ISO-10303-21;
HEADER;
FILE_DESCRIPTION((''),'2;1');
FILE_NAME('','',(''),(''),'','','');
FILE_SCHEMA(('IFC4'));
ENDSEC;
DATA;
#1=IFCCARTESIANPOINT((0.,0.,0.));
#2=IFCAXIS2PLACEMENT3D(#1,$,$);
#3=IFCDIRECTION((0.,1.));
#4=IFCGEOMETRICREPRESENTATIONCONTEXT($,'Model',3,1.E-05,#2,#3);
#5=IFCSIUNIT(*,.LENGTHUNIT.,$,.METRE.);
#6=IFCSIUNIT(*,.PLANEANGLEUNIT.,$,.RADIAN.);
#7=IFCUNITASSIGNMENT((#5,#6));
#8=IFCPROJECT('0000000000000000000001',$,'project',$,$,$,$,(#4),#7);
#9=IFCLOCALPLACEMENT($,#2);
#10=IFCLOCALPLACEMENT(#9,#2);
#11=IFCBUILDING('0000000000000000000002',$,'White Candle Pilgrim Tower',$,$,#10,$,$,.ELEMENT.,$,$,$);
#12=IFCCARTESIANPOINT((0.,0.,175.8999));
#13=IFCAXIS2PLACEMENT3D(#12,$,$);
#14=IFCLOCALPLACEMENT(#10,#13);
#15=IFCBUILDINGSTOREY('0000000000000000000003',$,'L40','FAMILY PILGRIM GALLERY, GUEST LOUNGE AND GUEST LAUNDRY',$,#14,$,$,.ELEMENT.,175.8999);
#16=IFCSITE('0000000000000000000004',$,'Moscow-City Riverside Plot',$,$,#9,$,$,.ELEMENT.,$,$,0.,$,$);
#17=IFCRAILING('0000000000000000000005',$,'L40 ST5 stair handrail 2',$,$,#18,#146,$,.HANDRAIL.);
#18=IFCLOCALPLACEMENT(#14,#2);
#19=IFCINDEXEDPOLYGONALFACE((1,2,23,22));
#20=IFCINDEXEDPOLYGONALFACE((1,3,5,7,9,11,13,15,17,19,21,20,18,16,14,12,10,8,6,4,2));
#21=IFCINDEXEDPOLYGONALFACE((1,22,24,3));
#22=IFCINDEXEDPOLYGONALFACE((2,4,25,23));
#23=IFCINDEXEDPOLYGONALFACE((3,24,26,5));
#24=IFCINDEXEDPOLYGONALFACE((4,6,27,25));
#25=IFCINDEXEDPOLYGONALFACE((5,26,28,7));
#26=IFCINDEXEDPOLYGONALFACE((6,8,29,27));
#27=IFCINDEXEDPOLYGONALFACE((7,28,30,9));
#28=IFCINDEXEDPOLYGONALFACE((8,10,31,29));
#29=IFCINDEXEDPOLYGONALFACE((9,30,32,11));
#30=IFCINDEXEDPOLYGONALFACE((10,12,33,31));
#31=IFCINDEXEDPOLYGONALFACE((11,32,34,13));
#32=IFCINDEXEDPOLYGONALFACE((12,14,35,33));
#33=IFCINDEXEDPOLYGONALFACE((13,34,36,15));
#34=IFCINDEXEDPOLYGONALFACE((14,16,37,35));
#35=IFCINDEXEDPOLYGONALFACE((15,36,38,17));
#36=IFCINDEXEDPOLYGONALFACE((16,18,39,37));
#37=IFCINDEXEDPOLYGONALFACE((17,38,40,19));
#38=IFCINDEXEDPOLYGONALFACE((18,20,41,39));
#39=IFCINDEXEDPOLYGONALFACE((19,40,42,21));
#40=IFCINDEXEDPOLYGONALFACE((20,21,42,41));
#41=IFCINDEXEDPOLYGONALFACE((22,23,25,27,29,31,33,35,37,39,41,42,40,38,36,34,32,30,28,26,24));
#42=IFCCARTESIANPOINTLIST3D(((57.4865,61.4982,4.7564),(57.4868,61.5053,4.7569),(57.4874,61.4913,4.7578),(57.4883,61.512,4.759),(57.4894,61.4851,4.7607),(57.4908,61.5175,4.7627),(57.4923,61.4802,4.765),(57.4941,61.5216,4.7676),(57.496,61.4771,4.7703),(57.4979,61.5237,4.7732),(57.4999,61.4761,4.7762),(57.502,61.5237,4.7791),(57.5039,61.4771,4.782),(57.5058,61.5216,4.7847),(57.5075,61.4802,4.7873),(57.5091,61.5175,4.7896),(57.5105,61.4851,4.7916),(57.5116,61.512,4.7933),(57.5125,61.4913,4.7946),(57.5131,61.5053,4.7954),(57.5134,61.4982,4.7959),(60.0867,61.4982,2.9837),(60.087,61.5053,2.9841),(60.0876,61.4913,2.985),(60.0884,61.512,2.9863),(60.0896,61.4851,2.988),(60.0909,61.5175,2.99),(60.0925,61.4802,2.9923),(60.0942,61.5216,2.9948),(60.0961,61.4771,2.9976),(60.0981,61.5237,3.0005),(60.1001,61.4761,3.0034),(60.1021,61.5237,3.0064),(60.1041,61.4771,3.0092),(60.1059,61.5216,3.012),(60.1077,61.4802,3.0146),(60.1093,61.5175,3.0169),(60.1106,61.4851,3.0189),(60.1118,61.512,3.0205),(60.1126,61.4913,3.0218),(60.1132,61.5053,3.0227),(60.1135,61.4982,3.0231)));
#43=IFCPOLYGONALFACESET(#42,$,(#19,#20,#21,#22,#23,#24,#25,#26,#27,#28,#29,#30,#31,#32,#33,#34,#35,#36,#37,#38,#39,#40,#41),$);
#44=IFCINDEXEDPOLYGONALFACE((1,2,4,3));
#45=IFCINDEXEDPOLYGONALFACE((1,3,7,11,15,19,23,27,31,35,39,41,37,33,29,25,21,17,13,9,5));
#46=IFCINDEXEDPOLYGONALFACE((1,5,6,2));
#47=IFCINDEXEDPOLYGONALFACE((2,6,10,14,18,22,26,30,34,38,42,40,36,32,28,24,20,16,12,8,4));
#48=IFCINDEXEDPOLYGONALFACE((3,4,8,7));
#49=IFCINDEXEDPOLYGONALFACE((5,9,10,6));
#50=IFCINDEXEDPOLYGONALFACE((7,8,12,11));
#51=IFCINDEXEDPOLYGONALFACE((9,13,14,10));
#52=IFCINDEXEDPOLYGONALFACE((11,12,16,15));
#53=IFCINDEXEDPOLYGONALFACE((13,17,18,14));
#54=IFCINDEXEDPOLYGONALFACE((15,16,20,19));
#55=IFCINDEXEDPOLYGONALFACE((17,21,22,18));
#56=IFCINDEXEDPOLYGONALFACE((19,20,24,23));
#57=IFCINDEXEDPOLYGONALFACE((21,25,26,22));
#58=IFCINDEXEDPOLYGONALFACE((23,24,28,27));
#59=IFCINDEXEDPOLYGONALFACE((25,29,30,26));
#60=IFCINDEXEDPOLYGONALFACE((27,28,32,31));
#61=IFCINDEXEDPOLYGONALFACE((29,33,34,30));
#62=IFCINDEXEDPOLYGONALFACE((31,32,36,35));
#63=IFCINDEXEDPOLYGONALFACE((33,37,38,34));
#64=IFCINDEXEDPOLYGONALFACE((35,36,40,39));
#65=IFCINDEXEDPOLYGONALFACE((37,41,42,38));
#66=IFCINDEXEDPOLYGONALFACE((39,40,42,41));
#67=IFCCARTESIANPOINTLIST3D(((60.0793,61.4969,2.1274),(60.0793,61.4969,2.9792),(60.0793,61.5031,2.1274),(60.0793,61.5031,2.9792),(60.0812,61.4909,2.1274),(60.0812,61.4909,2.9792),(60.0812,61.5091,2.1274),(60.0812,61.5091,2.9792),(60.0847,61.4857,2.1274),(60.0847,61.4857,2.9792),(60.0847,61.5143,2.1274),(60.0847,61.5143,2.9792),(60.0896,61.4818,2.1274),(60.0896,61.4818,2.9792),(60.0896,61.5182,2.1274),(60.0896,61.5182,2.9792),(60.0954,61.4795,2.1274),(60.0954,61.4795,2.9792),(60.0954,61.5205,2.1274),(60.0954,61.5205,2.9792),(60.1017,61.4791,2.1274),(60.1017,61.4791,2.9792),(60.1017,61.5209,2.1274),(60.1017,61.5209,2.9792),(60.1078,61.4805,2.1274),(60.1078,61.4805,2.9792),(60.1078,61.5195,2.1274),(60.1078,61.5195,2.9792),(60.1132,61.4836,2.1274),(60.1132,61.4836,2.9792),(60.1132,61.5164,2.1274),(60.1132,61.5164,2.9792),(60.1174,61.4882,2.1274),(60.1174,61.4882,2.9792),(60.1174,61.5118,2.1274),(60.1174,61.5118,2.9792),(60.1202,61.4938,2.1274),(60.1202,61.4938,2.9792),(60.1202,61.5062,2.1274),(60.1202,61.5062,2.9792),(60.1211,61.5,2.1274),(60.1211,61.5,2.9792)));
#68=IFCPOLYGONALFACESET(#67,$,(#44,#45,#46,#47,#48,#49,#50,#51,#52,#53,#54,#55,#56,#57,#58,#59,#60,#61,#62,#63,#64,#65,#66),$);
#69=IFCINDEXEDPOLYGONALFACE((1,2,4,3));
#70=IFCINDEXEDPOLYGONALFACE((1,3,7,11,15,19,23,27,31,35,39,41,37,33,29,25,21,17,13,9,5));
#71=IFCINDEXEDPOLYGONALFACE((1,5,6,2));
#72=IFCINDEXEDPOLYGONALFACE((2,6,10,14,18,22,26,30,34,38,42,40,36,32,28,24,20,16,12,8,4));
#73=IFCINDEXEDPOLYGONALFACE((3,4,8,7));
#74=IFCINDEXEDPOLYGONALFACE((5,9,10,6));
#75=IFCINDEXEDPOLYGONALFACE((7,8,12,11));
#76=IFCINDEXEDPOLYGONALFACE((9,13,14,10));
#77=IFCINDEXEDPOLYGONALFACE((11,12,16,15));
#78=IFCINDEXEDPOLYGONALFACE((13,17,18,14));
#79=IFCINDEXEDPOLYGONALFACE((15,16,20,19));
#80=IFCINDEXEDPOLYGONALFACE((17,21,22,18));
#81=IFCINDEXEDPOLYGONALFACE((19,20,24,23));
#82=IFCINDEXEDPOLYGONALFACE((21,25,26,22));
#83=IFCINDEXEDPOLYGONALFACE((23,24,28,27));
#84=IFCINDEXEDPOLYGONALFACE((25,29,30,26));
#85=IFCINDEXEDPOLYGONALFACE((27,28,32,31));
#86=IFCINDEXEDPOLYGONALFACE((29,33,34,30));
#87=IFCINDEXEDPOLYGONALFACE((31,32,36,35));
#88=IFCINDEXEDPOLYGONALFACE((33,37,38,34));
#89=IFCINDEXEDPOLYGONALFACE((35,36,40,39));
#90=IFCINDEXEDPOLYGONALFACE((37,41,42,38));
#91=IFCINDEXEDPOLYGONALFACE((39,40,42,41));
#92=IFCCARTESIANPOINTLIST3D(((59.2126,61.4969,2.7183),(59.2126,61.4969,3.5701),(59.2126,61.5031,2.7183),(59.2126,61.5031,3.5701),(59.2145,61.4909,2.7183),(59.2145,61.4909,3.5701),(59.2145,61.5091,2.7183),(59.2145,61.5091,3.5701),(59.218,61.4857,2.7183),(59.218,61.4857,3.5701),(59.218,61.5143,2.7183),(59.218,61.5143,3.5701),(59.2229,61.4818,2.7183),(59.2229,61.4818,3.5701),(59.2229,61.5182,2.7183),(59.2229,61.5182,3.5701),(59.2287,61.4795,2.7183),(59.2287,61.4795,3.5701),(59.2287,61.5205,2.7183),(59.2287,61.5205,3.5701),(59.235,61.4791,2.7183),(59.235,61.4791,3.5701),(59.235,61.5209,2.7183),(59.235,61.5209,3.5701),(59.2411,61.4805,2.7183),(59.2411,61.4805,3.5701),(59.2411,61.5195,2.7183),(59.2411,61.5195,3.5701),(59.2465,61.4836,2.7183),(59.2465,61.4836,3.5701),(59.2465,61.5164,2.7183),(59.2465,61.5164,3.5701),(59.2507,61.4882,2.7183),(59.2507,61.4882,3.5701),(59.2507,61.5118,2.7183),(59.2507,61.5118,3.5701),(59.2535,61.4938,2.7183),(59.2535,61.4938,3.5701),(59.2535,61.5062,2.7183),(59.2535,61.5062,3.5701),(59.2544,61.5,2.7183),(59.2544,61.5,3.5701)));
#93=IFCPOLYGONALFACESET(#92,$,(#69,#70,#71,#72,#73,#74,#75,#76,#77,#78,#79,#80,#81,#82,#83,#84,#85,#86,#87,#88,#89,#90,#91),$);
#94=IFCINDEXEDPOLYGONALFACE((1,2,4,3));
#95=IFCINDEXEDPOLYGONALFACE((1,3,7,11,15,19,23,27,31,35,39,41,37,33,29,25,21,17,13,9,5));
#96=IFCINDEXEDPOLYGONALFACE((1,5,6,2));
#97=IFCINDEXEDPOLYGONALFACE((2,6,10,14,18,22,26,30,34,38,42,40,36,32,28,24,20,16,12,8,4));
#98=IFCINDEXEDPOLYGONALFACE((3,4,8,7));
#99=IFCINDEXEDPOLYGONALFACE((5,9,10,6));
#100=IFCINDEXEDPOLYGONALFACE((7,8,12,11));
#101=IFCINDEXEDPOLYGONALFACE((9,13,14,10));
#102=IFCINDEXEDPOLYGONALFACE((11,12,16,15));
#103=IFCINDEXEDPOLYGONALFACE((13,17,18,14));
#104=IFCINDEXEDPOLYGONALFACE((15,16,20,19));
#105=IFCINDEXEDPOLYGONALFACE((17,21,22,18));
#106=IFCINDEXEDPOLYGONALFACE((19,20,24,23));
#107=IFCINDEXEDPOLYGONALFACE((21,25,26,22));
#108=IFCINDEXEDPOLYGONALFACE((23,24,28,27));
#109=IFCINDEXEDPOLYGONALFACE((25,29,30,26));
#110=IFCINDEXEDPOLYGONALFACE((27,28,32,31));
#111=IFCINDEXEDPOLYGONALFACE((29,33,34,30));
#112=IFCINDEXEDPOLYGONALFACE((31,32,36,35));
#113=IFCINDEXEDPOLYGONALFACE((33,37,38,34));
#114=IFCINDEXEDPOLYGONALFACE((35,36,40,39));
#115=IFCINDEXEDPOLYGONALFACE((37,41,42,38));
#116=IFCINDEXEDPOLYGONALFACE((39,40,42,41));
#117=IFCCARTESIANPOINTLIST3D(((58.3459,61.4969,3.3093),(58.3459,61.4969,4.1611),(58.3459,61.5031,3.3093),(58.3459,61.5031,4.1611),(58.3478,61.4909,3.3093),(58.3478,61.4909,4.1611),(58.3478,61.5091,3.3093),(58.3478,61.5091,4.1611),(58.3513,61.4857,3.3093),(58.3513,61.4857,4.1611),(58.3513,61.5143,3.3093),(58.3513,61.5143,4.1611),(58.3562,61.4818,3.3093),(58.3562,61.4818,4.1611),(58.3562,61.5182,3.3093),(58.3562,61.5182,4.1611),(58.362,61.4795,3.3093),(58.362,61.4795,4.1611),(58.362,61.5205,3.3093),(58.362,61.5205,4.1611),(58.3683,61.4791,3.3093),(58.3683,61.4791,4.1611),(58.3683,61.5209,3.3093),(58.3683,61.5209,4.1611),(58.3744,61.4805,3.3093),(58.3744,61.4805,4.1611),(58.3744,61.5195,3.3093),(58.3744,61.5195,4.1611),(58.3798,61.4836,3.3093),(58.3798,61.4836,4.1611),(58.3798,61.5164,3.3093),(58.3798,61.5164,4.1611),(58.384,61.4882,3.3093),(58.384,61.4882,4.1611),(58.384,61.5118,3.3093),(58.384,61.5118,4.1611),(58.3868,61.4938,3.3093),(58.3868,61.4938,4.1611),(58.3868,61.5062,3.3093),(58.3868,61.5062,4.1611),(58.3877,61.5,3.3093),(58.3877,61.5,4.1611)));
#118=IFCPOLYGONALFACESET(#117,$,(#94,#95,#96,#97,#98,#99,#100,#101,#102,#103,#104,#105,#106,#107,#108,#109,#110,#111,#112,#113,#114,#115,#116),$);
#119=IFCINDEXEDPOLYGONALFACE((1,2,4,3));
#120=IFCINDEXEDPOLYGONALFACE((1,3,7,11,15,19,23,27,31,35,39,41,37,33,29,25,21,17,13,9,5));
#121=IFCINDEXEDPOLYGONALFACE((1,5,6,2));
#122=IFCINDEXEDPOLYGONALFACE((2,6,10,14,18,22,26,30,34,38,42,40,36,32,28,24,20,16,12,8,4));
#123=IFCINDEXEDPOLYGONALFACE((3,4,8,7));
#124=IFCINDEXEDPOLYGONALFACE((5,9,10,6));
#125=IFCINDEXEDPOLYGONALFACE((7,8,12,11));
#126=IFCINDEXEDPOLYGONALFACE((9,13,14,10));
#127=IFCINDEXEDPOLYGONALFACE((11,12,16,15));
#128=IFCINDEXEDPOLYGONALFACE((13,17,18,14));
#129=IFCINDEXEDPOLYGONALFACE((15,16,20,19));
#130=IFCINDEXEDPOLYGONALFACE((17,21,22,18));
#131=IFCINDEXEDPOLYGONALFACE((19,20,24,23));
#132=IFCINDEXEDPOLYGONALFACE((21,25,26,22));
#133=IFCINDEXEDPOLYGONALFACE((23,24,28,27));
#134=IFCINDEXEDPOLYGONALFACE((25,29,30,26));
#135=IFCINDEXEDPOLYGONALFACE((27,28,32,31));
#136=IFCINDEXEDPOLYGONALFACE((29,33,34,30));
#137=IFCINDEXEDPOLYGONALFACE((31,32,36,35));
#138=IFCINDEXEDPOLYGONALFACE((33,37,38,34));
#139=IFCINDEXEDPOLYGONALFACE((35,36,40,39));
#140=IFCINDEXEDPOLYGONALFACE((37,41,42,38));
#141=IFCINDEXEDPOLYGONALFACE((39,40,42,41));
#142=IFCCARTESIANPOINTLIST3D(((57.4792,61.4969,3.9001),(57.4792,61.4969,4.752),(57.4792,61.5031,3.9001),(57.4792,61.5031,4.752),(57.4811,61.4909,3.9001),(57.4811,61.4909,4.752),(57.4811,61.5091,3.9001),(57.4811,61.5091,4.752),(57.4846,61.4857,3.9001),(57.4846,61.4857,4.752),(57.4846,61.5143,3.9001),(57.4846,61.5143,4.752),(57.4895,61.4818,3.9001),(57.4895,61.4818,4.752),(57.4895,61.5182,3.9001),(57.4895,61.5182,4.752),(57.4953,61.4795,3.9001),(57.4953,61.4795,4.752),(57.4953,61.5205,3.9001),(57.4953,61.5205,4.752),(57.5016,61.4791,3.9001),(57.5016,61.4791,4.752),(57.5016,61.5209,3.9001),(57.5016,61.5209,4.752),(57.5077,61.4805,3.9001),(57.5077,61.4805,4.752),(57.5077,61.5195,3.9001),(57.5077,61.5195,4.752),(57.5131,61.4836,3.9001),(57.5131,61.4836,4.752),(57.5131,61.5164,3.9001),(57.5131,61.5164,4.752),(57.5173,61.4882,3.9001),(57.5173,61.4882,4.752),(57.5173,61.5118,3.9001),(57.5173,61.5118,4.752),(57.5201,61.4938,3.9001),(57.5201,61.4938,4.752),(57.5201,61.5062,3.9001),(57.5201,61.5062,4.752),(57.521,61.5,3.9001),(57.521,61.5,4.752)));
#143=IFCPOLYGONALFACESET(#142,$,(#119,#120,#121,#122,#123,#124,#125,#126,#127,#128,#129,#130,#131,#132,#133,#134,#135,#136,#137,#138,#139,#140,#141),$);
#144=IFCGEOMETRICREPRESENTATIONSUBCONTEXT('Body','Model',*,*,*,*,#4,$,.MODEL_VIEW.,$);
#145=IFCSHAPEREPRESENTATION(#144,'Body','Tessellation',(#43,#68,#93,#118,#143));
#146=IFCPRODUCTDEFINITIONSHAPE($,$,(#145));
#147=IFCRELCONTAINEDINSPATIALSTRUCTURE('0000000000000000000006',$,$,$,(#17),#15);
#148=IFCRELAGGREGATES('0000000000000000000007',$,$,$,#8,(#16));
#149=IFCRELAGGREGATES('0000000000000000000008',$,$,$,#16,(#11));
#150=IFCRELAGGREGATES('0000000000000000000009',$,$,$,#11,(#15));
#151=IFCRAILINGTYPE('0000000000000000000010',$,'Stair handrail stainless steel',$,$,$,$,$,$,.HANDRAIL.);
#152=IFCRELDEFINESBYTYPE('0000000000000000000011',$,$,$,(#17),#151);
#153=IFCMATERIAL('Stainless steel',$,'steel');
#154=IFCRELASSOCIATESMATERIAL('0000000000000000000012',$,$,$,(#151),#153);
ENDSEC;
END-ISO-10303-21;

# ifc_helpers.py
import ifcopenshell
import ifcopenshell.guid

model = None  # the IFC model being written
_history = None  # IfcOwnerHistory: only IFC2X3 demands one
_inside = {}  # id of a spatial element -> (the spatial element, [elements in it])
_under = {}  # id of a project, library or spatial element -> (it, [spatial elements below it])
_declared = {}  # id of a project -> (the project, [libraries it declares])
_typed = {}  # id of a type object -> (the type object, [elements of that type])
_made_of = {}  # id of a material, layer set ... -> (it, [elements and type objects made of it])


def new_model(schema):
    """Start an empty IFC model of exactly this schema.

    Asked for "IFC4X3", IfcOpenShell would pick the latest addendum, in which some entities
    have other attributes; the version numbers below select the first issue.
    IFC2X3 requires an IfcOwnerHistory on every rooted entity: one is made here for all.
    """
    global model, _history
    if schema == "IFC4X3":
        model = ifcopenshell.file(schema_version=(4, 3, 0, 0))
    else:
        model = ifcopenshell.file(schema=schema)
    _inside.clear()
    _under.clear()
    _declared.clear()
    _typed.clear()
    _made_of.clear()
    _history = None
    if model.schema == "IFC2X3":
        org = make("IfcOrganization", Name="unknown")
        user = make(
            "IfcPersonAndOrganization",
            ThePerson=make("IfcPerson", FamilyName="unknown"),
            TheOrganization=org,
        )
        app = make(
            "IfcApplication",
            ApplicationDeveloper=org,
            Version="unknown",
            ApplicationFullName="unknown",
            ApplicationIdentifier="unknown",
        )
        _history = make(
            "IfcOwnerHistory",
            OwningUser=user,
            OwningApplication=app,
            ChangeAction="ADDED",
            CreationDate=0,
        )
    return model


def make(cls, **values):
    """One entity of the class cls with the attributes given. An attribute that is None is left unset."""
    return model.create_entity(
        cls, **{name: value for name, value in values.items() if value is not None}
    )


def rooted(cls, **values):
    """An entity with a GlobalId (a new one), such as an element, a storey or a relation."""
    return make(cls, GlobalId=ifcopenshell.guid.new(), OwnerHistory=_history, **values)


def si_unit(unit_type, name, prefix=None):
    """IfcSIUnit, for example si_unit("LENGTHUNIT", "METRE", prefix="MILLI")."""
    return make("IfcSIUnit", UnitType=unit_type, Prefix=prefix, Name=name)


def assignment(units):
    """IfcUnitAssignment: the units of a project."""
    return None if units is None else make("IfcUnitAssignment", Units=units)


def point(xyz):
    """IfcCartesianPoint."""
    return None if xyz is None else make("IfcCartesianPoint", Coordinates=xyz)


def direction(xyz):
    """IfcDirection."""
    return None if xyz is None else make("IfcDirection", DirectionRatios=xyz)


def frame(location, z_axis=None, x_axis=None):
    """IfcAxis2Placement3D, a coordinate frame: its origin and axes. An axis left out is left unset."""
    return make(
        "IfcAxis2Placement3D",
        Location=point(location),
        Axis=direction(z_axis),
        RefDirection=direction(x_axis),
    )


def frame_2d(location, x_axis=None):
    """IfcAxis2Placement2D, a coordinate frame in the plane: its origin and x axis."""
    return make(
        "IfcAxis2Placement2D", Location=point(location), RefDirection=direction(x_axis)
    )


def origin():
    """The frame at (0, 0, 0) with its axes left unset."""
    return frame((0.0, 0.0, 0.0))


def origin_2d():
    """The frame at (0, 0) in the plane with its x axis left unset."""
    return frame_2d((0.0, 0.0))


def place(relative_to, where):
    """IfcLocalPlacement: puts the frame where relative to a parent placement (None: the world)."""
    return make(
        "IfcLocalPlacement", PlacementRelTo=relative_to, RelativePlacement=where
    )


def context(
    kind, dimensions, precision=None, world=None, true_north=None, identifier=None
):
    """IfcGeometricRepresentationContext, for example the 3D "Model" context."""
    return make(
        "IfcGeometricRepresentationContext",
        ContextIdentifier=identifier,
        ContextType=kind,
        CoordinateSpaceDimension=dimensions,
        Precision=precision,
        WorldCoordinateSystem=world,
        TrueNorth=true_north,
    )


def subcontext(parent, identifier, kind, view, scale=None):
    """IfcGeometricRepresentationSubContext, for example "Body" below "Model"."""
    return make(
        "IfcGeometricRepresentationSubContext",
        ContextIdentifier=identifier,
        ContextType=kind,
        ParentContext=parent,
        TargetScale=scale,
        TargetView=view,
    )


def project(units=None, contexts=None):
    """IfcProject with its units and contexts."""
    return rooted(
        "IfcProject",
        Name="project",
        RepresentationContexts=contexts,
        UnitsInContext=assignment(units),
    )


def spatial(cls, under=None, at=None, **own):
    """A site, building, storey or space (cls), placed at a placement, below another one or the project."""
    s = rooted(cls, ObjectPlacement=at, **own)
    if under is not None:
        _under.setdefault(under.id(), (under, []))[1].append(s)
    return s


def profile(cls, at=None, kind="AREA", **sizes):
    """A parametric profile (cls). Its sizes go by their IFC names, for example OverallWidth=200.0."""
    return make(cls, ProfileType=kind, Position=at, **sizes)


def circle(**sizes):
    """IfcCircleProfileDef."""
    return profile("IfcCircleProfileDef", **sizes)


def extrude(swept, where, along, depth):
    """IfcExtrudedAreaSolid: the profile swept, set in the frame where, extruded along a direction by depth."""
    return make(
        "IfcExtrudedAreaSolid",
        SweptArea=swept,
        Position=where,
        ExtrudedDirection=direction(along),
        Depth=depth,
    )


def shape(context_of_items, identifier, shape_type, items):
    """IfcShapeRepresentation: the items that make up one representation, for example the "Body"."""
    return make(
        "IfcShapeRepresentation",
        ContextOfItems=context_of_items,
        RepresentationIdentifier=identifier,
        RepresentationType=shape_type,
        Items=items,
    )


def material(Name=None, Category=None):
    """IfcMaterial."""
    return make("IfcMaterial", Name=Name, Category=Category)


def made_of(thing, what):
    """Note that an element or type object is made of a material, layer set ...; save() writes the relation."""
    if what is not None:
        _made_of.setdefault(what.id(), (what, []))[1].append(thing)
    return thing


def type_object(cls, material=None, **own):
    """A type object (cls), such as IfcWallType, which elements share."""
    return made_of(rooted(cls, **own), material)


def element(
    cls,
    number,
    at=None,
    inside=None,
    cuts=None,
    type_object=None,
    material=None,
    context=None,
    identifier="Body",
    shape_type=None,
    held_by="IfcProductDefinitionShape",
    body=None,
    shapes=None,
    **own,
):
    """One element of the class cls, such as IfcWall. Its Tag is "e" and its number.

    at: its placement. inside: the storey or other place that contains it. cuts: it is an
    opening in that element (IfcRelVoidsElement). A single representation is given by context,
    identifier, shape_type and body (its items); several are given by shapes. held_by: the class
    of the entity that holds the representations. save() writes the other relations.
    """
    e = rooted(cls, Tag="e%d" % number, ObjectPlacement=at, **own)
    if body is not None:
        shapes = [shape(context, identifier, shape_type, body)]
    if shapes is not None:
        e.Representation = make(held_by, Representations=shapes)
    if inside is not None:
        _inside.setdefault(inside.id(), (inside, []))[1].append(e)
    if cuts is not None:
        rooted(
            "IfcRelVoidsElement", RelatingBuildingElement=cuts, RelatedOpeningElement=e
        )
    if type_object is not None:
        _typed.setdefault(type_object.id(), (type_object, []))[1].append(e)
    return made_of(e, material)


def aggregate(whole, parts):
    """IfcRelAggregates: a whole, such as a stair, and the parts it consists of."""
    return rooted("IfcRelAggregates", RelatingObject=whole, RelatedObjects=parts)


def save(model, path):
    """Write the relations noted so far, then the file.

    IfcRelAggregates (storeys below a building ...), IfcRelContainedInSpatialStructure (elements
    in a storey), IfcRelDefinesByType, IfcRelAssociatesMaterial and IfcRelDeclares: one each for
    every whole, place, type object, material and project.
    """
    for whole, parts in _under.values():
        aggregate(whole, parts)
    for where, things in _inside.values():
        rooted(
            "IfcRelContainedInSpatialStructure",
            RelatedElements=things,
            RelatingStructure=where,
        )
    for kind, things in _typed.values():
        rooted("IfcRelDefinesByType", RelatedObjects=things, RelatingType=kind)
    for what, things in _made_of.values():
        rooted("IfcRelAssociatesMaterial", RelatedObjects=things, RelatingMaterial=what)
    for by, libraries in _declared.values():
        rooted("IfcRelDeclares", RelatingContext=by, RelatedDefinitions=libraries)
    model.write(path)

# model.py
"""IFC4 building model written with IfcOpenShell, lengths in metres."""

from ifc_helpers import new_model, si_unit, direction, frame, origin, origin_2d, place, context, subcontext, project, spatial, circle, extrude, material, type_object, element, save


model = new_model("IFC4")

# Units and contexts
model_context = context("Model", 3, precision=1e-05, world=origin(), true_north=direction((0.0, 1.0)))
body_context = subcontext(model_context, "Body", "Model", "MODEL_VIEW")
ifc_project = project(units=[si_unit("LENGTHUNIT", "METRE"), si_unit("PLANEANGLEUNIT", "RADIAN")], contexts=[model_context])

# Site, building, storey
site_placement = place(None, origin())
site = spatial("IfcSite", under=ifc_project, at=site_placement, Name="Moscow-City Riverside Plot", CompositionType="ELEMENT", RefElevation=0.0)
building_placement = place(site_placement, origin())
building = spatial("IfcBuilding", under=site, at=building_placement, Name="White Candle Pilgrim Tower", CompositionType="ELEMENT")
storey_placement = place(building_placement, frame((0.0, 0.0, 175.8999)))
storey = spatial("IfcBuildingStorey", under=building, at=storey_placement, Name="L40", Description="FAMILY PILGRIM GALLERY, GUEST LOUNGE AND GUEST LAUNDRY", CompositionType="ELEMENT", Elevation=175.8999)

# Railing
ifc_material_1 = material(Name="Stainless steel", Category="steel")
railing_type_1 = type_object("IfcRailingType", Name="Stair handrail stainless steel", PredefinedType="HANDRAIL", material=ifc_material_1)
railing_1_placement = place(storey_placement, frame((60.1001, 61.5, 2.1274)))
element("IfcRailing", 1, at=railing_1_placement, inside=storey, type_object=railing_type_1, Name="L40 ST5 stair handrail 2", PredefinedType="HANDRAIL", context=body_context, shape_type="SweptSolid", body=[
    extrude(circle(Radius=0.0239, at=origin_2d()), frame((0.0, 0.0, 0.876), z_axis=(-0.82624, 0.0, 0.563318), x_axis=(0.0, -1.0, 0.0)), (0.0, 0.0, 1.0), 3.147),
    extrude(circle(Radius=0.021, at=origin_2d()), origin(), (0.0, 0.0, 1.0), 0.8518),
    extrude(circle(Radius=0.021, at=origin_2d()), frame((-0.8667, 0.0, 0.5908)), (0.0, 0.0, 1.0), 0.8518),
    extrude(circle(Radius=0.021, at=origin_2d()), frame((-1.7334, 0.0, 1.1819)), (0.0, 0.0, 1.0), 0.8518),
    extrude(circle(Radius=0.021, at=origin_2d()), frame((-2.6001, 0.0, 1.7727)), (0.0, 0.0, 1.0), 0.8518),
])

save(model, "model.ifc")
